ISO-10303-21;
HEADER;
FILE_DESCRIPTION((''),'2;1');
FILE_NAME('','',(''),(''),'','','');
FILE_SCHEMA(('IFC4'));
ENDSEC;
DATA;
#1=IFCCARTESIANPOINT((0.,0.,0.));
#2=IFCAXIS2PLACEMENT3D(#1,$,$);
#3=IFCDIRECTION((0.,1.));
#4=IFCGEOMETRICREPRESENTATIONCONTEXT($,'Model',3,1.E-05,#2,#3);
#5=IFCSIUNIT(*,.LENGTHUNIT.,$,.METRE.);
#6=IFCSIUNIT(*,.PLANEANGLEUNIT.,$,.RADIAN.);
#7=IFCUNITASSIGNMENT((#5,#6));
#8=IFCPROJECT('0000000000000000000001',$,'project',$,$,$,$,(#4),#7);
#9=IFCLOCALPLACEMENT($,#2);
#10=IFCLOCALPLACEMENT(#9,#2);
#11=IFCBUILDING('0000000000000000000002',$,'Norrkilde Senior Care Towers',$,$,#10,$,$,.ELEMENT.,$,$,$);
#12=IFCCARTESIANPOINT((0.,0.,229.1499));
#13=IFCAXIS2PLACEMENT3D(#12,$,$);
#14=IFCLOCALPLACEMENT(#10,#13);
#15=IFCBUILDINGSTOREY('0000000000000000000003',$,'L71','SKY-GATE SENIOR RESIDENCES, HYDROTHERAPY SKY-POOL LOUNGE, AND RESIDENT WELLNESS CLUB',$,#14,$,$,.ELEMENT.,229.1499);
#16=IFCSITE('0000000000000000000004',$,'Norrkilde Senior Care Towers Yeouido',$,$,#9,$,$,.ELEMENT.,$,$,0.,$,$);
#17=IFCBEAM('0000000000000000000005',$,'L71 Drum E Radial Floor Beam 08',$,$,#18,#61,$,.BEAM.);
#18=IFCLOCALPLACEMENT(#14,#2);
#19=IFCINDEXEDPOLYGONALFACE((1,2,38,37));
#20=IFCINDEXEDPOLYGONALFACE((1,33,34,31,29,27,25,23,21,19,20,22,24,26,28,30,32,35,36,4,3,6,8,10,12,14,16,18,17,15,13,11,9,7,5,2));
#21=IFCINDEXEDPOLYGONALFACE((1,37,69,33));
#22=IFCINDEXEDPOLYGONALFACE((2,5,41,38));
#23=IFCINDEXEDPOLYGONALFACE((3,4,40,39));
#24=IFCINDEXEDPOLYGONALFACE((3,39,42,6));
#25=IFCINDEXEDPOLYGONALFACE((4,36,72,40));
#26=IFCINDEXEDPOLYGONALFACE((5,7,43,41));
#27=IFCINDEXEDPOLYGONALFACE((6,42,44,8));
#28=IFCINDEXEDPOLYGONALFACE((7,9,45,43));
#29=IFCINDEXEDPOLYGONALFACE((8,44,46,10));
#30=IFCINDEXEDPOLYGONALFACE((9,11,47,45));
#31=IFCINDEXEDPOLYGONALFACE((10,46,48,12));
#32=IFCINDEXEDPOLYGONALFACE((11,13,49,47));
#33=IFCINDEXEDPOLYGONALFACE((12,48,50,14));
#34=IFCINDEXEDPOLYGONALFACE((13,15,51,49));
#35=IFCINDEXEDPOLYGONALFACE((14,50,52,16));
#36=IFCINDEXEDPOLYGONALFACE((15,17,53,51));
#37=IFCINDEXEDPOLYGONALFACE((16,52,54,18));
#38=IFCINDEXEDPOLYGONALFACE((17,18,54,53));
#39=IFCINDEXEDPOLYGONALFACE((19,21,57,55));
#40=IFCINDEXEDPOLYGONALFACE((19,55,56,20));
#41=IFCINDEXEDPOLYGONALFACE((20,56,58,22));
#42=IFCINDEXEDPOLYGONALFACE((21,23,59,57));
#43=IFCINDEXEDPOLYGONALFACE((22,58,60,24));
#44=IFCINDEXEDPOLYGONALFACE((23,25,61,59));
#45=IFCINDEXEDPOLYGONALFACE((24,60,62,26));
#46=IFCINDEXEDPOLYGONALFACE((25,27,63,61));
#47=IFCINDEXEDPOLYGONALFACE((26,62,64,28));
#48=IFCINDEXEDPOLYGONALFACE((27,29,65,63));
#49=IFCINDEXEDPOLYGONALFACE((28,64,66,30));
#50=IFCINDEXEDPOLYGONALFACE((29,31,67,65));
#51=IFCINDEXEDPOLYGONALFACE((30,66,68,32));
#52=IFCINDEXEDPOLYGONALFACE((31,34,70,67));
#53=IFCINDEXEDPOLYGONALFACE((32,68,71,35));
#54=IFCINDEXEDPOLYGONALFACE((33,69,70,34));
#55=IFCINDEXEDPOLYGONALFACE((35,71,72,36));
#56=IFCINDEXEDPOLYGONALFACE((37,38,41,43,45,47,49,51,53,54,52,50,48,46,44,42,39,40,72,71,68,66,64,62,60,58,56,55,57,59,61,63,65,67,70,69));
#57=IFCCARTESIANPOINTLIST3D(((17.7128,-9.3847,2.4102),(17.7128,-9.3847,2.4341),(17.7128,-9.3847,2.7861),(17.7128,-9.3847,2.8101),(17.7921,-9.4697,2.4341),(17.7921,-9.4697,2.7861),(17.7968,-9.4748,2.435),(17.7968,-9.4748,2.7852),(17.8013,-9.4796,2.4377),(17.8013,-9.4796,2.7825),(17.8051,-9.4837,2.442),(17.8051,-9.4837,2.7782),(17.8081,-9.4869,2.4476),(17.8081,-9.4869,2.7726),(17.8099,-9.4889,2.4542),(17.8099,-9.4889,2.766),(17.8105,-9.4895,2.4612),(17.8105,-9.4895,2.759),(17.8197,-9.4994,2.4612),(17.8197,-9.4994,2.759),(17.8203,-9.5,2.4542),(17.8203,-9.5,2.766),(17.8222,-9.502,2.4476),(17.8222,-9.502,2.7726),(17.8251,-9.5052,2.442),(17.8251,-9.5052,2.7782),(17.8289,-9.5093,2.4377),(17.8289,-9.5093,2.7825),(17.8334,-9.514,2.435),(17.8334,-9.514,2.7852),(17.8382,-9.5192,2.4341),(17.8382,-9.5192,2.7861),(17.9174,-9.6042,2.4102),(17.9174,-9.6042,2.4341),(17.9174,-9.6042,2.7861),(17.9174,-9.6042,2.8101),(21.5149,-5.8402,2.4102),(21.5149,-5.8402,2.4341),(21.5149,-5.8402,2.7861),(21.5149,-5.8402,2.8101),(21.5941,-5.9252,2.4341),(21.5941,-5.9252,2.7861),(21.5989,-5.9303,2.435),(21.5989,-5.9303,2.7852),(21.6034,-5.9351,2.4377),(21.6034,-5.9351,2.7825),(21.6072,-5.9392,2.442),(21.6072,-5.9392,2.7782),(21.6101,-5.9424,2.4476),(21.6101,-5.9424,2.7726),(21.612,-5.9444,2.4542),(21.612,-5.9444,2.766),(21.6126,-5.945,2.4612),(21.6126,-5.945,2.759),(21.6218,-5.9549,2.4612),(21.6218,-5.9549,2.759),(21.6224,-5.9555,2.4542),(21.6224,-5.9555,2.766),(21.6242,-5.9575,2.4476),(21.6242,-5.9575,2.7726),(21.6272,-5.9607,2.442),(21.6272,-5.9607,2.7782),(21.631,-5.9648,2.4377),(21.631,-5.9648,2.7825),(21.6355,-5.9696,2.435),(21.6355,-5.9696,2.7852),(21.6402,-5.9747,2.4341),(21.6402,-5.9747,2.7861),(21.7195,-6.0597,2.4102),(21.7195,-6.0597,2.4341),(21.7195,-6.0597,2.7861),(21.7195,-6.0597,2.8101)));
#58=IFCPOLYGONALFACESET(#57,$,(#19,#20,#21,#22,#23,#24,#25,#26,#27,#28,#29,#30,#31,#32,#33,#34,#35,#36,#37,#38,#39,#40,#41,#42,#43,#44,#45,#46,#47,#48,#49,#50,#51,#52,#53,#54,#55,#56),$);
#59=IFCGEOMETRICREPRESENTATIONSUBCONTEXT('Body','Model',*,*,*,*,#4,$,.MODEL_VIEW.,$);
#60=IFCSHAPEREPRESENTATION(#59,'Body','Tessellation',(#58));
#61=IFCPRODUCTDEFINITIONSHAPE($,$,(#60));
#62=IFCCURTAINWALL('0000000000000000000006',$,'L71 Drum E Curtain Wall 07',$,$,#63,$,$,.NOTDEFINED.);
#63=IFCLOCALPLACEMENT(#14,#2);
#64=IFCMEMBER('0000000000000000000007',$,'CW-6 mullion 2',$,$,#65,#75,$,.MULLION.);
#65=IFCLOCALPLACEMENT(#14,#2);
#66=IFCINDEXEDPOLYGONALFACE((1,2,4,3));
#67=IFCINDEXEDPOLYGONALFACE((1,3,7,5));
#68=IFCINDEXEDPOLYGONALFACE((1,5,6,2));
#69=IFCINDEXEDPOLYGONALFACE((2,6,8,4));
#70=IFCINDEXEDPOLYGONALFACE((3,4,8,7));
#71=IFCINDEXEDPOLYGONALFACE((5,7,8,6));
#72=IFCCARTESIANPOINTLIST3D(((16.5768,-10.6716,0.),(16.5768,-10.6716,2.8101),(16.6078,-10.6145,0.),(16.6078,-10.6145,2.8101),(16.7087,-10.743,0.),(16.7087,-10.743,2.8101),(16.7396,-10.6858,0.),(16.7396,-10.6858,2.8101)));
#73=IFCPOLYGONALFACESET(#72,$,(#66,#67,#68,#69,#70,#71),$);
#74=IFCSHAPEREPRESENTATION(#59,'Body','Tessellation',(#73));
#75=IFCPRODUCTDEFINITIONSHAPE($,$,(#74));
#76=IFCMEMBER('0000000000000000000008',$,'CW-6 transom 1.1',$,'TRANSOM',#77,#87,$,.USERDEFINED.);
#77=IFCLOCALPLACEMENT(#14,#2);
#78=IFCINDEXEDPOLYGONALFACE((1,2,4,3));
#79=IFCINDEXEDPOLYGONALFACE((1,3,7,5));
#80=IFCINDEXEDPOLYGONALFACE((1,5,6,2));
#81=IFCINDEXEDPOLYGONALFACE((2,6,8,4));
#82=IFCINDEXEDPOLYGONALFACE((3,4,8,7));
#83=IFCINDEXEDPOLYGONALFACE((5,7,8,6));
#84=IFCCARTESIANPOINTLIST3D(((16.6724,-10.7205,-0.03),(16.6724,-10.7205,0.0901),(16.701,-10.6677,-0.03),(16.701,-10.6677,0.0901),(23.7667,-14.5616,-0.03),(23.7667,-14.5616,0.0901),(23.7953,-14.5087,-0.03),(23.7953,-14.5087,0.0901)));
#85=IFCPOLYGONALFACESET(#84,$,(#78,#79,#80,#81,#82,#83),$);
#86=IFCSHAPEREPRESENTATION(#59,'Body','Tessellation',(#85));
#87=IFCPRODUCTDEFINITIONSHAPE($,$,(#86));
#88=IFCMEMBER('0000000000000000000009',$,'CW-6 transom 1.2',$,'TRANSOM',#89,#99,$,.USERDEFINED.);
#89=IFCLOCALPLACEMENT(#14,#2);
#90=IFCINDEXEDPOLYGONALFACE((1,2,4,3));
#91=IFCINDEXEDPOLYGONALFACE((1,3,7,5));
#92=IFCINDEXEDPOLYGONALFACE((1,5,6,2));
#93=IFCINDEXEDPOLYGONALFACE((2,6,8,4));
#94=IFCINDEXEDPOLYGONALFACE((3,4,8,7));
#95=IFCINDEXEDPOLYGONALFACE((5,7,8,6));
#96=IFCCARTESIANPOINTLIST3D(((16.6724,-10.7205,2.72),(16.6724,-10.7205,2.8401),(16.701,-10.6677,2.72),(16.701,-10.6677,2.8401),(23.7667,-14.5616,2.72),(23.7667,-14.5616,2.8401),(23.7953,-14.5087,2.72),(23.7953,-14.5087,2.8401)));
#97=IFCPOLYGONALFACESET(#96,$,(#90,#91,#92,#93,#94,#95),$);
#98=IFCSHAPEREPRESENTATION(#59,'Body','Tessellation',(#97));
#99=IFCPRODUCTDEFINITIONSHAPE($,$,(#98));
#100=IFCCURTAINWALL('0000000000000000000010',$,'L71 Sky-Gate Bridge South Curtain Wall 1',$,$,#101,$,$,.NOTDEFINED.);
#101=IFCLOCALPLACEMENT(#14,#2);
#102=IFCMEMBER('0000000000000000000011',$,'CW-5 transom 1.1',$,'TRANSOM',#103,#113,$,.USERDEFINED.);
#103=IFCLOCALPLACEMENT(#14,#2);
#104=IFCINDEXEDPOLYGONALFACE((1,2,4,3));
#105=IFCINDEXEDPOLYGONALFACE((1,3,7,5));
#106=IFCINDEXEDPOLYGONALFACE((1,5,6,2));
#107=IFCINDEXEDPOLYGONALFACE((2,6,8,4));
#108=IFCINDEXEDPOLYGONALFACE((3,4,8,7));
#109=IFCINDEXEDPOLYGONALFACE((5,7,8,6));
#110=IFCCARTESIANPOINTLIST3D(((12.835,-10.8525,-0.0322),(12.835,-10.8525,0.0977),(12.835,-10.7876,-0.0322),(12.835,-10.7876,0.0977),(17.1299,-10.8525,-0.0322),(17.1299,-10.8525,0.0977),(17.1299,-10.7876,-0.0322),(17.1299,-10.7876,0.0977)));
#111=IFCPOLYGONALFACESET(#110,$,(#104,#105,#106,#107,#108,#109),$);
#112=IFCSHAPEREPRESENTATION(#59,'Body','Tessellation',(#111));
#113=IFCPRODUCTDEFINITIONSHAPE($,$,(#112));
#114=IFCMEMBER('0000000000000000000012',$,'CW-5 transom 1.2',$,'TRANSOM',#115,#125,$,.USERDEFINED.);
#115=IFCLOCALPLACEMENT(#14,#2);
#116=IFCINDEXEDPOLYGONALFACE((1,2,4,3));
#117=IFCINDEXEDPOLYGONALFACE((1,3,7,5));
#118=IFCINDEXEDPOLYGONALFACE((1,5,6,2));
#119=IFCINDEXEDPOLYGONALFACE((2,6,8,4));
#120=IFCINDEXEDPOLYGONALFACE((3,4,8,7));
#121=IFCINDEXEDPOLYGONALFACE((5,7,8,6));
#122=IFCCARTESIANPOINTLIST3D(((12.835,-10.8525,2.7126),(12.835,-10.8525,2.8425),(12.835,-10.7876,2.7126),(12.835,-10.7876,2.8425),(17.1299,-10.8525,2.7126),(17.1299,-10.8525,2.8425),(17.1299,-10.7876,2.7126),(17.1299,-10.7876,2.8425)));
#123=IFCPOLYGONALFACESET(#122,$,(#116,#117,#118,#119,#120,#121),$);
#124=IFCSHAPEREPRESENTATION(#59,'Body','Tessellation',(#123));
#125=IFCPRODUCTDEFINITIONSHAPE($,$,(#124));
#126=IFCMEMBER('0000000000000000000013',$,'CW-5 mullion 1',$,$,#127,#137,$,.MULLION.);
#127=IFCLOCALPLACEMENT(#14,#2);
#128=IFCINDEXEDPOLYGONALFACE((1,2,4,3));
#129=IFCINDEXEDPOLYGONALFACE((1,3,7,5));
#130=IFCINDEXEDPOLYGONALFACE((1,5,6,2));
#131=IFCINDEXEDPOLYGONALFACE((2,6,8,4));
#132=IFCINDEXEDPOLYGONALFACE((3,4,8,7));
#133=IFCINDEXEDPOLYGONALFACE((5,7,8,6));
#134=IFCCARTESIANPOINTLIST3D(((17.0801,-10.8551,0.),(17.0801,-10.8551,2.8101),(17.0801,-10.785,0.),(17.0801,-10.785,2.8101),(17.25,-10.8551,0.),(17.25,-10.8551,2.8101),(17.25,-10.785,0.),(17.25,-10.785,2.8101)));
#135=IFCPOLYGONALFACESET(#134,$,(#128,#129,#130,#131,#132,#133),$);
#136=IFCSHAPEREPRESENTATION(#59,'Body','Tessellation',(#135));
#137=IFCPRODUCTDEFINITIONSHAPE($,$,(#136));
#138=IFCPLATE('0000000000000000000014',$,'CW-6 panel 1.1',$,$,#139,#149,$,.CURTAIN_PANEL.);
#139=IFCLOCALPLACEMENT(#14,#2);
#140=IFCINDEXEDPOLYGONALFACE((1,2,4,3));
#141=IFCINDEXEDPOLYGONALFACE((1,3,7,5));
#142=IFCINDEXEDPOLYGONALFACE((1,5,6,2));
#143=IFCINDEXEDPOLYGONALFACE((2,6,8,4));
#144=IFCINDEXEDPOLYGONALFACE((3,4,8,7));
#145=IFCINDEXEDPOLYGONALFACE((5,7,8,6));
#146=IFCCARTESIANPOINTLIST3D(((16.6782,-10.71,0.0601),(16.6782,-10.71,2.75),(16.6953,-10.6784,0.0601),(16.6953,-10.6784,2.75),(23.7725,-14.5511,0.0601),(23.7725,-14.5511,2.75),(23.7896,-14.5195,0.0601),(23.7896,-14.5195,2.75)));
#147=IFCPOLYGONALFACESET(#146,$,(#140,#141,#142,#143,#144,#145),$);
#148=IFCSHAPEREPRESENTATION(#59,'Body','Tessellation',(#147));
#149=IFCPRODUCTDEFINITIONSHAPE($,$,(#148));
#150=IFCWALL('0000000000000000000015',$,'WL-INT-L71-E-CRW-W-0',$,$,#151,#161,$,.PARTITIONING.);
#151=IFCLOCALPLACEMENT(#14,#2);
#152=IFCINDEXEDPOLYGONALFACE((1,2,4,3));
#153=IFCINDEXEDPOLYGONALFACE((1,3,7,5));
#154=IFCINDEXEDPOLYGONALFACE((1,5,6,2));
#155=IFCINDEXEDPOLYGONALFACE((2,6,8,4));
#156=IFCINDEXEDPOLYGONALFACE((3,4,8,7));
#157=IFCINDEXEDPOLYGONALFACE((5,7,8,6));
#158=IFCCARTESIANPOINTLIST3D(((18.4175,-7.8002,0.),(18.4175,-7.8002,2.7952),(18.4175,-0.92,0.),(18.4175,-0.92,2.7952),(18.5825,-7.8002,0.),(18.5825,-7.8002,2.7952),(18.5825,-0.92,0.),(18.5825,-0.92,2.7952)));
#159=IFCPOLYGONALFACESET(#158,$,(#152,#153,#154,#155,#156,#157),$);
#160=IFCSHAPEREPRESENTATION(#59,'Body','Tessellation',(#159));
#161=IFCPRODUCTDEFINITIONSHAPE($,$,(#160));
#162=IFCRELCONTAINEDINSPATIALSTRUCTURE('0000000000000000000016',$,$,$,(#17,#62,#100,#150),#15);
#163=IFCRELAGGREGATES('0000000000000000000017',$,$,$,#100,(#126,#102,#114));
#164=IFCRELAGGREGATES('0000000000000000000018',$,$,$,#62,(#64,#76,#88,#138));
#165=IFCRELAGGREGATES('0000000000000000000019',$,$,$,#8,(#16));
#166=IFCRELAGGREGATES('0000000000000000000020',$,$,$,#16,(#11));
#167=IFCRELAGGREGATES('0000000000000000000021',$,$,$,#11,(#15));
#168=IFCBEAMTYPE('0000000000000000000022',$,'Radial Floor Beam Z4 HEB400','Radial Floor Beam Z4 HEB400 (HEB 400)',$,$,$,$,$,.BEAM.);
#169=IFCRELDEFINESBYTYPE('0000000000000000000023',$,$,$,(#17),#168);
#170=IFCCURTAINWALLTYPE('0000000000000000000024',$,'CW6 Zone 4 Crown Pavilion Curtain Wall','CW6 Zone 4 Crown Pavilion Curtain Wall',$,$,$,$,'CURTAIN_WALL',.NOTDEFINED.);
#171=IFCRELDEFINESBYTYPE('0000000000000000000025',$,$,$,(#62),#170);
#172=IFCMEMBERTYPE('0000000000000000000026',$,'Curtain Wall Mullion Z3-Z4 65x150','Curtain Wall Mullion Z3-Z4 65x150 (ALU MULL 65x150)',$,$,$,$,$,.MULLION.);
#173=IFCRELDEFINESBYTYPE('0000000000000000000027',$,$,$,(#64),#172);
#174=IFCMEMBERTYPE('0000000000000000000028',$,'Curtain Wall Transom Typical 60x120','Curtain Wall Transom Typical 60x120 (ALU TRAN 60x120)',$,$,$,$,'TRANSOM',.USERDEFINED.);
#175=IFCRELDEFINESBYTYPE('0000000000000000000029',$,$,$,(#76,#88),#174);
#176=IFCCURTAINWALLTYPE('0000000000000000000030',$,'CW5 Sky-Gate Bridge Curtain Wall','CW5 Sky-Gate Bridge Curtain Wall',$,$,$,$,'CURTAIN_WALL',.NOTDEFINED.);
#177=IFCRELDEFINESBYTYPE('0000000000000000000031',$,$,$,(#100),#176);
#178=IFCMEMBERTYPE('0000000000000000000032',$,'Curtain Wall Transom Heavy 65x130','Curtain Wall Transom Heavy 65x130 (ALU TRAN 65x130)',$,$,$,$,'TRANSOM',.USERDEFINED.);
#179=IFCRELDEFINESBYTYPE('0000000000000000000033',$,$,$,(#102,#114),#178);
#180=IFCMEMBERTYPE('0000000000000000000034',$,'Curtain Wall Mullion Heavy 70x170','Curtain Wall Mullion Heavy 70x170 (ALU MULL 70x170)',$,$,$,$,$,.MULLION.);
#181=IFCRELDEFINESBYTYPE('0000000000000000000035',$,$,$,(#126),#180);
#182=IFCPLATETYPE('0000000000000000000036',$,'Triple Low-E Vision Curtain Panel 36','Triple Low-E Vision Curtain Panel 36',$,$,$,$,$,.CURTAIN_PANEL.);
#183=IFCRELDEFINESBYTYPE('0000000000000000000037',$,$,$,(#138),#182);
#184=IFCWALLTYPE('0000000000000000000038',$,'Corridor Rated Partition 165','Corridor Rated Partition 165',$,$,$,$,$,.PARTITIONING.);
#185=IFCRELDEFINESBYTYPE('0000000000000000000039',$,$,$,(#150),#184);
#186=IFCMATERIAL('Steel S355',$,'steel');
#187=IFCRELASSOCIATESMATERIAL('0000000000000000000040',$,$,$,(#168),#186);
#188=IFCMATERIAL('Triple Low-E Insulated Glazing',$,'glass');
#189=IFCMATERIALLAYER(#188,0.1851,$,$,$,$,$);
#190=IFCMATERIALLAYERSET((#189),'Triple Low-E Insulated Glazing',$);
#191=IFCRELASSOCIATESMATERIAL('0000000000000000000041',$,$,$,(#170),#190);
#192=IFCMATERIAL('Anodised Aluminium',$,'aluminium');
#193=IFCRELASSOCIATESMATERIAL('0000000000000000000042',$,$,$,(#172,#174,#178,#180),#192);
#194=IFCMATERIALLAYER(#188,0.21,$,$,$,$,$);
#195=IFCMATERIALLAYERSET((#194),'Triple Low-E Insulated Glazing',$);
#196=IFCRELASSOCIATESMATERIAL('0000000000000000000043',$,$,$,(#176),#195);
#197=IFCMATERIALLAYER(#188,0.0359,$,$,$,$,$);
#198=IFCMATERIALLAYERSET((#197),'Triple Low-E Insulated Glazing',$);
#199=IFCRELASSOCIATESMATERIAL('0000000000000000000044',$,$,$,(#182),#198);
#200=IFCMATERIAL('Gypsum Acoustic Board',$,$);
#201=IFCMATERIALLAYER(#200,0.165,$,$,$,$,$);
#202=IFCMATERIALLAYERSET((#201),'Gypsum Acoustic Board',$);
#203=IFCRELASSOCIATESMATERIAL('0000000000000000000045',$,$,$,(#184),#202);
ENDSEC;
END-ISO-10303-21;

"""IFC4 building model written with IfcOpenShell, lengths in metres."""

from ifc_helpers import new_model, si_unit, direction, frame, frame_2d, origin, origin_2d, place, context, subcontext, project, spatial, rectangle, i_section, extrude, source, transform, mapped, material, layer, layer_set, material_profile, profile_set, type_object, type_shapes, element, aggregate, save


model = new_model("IFC4")

# Units and contexts
model_context = context("Model", 3, precision=1e-05, world=origin(), true_north=direction((0.0, 1.0)))
body_context = subcontext(model_context, "Body", "Model", "MODEL_VIEW")
ifc_project = project(units=[si_unit("LENGTHUNIT", "METRE"), si_unit("PLANEANGLEUNIT", "RADIAN")], contexts=[model_context])

# Site, building, storey
site_placement = place(None, origin())
site = spatial("IfcSite", under=ifc_project, at=site_placement, Name="Norrkilde Senior Care Towers Yeouido", CompositionType="ELEMENT", RefElevation=0.0)
building_placement = place(site_placement, origin())
building = spatial("IfcBuilding", under=site, at=building_placement, Name="Norrkilde Senior Care Towers", CompositionType="ELEMENT")
storey_placement = place(building_placement, frame((0.0, 0.0, 229.1499)))
storey = spatial("IfcBuildingStorey", under=building, at=storey_placement, Name="L71", Description="SKY-GATE SENIOR RESIDENCES, HYDROTHERAPY SKY-POOL LOUNGE, AND RESIDENT WELLNESS CLUB", CompositionType="ELEMENT", Elevation=229.1499)

# Beam
ifc_material_1 = material(Name="Steel S355", Category="steel")
ifc_material_profile_1 = material_profile(ifc_material_1, i_section(OverallWidth=0.3, OverallDepth=0.3999, WebThickness=0.0134, FlangeThickness=0.0239, FilletRadius=0.0271, at=origin_2d()), Name="HEB 400")
ifc_profile_set_1 = profile_set([ifc_material_profile_1], Name="Steel S355")
beam_type_1 = type_object("IfcBeamType", Name="Radial Floor Beam Z4 HEB400", Description="Radial Floor Beam Z4 HEB400 (HEB 400)", PredefinedType="BEAM", material=ifc_profile_set_1)
shared_shape_1 = source(origin(), body_context, "Body", "SweptSolid", [
    extrude(i_section(OverallWidth=0.3, OverallDepth=0.3999, WebThickness=0.0134, FlangeThickness=0.0239, FilletRadius=0.0271, at=origin_2d()), origin(), (0.0, 0.0, 1.0), 5.198),
])
type_shapes(beam_type_1, [shared_shape_1])
beam_1_placement = place(storey_placement, frame((21.6172, -5.95, 2.6101), z_axis=(-0.731449, -0.681896, 0.0), x_axis=(0.681896, -0.731449, 0.0)))
element("IfcBeam", 1, at=beam_1_placement, inside=storey, type_object=beam_type_1, Name="L71 Drum E Radial Floor Beam 08", PredefinedType="BEAM", context=body_context, shape_type="MappedRepresentation", body=[
    mapped(shared_shape_1, transform((0.0, 0.0, 0.0), x_axis=(1.0, 0.0, 0.0), y_axis=(0.0, 1.0, 0.0), z_axis=(0.0, 0.0, 1.0), scale=1.0)),
])

# Curtain walls, members
ifc_material_2 = material(Name="Triple Low-E Insulated Glazing", Category="glass")
ifc_layer_1 = layer(ifc_material_2, 0.1851)
ifc_layer_set_1 = layer_set([ifc_layer_1], Name="Triple Low-E Insulated Glazing")
curtain_wall_type_1 = type_object("IfcCurtainWallType", Name="CW6 Zone 4 Crown Pavilion Curtain Wall", Description="CW6 Zone 4 Crown Pavilion Curtain Wall", ElementType="CURTAIN_WALL", PredefinedType="NOTDEFINED", material=ifc_layer_set_1)
curtain_wall_1_placement = place(storey_placement, origin())
curtain_wall_1 = element("IfcCurtainWall", 2, at=curtain_wall_1_placement, inside=storey, type_object=curtain_wall_type_1, Name="L71 Drum E Curtain Wall 07", PredefinedType="NOTDEFINED")
ifc_material_3 = material(Name="Anodised Aluminium", Category="aluminium")
ifc_material_profile_2 = material_profile(ifc_material_3, rectangle(XDim=0.0649, YDim=0.1499, at=origin_2d()), Name="ALU MULL 65x150")
ifc_profile_set_2 = profile_set([ifc_material_profile_2], Name="Anodised Aluminium")
member_type_1 = type_object("IfcMemberType", Name="Curtain Wall Mullion Z3-Z4 65x150", Description="Curtain Wall Mullion Z3-Z4 65x150 (ALU MULL 65x150)", PredefinedType="MULLION", material=ifc_profile_set_2)
shared_shape_2 = source(origin(), body_context, "Body", "SweptSolid", [
    extrude(rectangle(XDim=0.0649, YDim=0.1499, at=origin_2d()), origin(), (0.0, 0.0, 1.0), 2.8101),
])
type_shapes(member_type_1, [shared_shape_2])
member_1_placement = place(storey_placement, frame((16.6582, -10.6787, 0.0), z_axis=(0.0, 0.0, 1.0), x_axis=(-0.476133, -0.879373, 0.0)))
member_1 = element("IfcMember", 3, at=member_1_placement, type_object=member_type_1, Name="CW-6 mullion 2", PredefinedType="MULLION", context=body_context, shape_type="MappedRepresentation", body=[
    mapped(shared_shape_2, transform((0.0, 0.0, 0.0), x_axis=(1.0, 0.0, 0.0), y_axis=(0.0, 1.0, 0.0), z_axis=(0.0, 0.0, 1.0), scale=1.0)),
])
ifc_material_profile_3 = material_profile(ifc_material_3, rectangle(XDim=0.0601, YDim=0.1201, at=origin_2d()), Name="ALU TRAN 60x120")
ifc_profile_set_3 = profile_set([ifc_material_profile_3], Name="Anodised Aluminium")
member_type_2 = type_object("IfcMemberType", Name="Curtain Wall Transom Typical 60x120", Description="Curtain Wall Transom Typical 60x120 (ALU TRAN 60x120)", ElementType="TRANSOM", PredefinedType="USERDEFINED", material=ifc_profile_set_3)
shared_shape_3 = source(origin(), body_context, "Body", "SweptSolid", [
    extrude(rectangle(XDim=0.0601, YDim=0.1201, at=origin_2d()), origin(), (0.0, 0.0, 1.0), 8.0674),
])
type_shapes(member_type_2, [shared_shape_3])
member_2_placement = place(storey_placement, frame((23.781, -14.5352, 0.03), z_axis=(-0.879378, 0.476125, 0.0), x_axis=(-0.476125, -0.879378, 0.0)))
member_2 = element("IfcMember", 4, at=member_2_placement, type_object=member_type_2, Name="CW-6 transom 1.1", ObjectType="TRANSOM", PredefinedType="USERDEFINED", context=body_context, shape_type="MappedRepresentation", body=[
    mapped(shared_shape_3, transform((0.0, 0.0, 0.0), x_axis=(1.0, 0.0, 0.0), y_axis=(0.0, 1.0, 0.0), z_axis=(0.0, 0.0, 1.0), scale=1.0)),
])
member_3_placement = place(storey_placement, frame((23.781, -14.5352, 2.78), z_axis=(-0.879378, 0.476125, 0.0), x_axis=(-0.476125, -0.879378, 0.0)))
member_3 = element("IfcMember", 5, at=member_3_placement, type_object=member_type_2, Name="CW-6 transom 1.2", ObjectType="TRANSOM", PredefinedType="USERDEFINED", context=body_context, shape_type="MappedRepresentation", body=[
    mapped(shared_shape_3, transform((0.0, 0.0, 0.0), x_axis=(1.0, 0.0, 0.0), y_axis=(0.0, 1.0, 0.0), z_axis=(0.0, 0.0, 1.0), scale=1.0)),
])
ifc_layer_2 = layer(ifc_material_2, 0.21)
ifc_layer_set_2 = layer_set([ifc_layer_2], Name="Triple Low-E Insulated Glazing")
curtain_wall_type_2 = type_object("IfcCurtainWallType", Name="CW5 Sky-Gate Bridge Curtain Wall", Description="CW5 Sky-Gate Bridge Curtain Wall", ElementType="CURTAIN_WALL", PredefinedType="NOTDEFINED", material=ifc_layer_set_2)
curtain_wall_2_placement = place(storey_placement, origin())
curtain_wall_2 = element("IfcCurtainWall", 6, at=curtain_wall_2_placement, inside=storey, type_object=curtain_wall_type_2, Name="L71 Sky-Gate Bridge South Curtain Wall 1", PredefinedType="NOTDEFINED")
ifc_material_profile_4 = material_profile(ifc_material_3, rectangle(XDim=0.0649, YDim=0.1299, at=origin_2d()), Name="ALU TRAN 65x130")
ifc_profile_set_4 = profile_set([ifc_material_profile_4], Name="Anodised Aluminium")
member_type_3 = type_object("IfcMemberType", Name="Curtain Wall Transom Heavy 65x130", Description="Curtain Wall Transom Heavy 65x130 (ALU TRAN 65x130)", ElementType="TRANSOM", PredefinedType="USERDEFINED", material=ifc_profile_set_4)
shared_shape_4 = source(origin(), body_context, "Body", "SweptSolid", [
    extrude(rectangle(XDim=0.0649, YDim=0.1299, at=origin_2d()), origin(), (0.0, 0.0, 1.0), 4.2949),
])
type_shapes(member_type_3, [shared_shape_4])
member_4_placement = place(storey_placement, frame((17.1299, -10.8201, 0.0327), z_axis=(-1.0, 0.0, 0.0), x_axis=(0.0, -1.0, 0.0)))
member_4 = element("IfcMember", 7, at=member_4_placement, type_object=member_type_3, Name="CW-5 transom 1.1", ObjectType="TRANSOM", PredefinedType="USERDEFINED", context=body_context, shape_type="MappedRepresentation", body=[
    mapped(shared_shape_4, transform((0.0, 0.0, 0.0), x_axis=(1.0, 0.0, 0.0), y_axis=(0.0, 1.0, 0.0), z_axis=(0.0, 0.0, 1.0), scale=1.0)),
])
member_5_placement = place(storey_placement, frame((17.1299, -10.8201, 2.7776), z_axis=(-1.0, 0.0, 0.0), x_axis=(0.0, -1.0, 0.0)))
member_5 = element("IfcMember", 8, at=member_5_placement, type_object=member_type_3, Name="CW-5 transom 1.2", ObjectType="TRANSOM", PredefinedType="USERDEFINED", context=body_context, shape_type="MappedRepresentation", body=[
    mapped(shared_shape_4, transform((0.0, 0.0, 0.0), x_axis=(1.0, 0.0, 0.0), y_axis=(0.0, 1.0, 0.0), z_axis=(0.0, 0.0, 1.0), scale=1.0)),
])
ifc_material_profile_5 = material_profile(ifc_material_3, rectangle(XDim=0.0701, YDim=0.1699, at=origin_2d()), Name="ALU MULL 70x170")
ifc_profile_set_5 = profile_set([ifc_material_profile_5], Name="Anodised Aluminium")
member_type_4 = type_object("IfcMemberType", Name="Curtain Wall Mullion Heavy 70x170", Description="Curtain Wall Mullion Heavy 70x170 (ALU MULL 70x170)", PredefinedType="MULLION", material=ifc_profile_set_5)
shared_shape_5 = source(origin(), body_context, "Body", "SweptSolid", [
    extrude(rectangle(XDim=0.0701, YDim=0.1699, at=origin_2d()), origin(), (0.0, 0.0, 1.0), 2.8101),
])
type_shapes(member_type_4, [shared_shape_5])
member_6_placement = place(storey_placement, frame((17.165, -10.8201, 0.0), z_axis=(0.0, 0.0, 1.0), x_axis=(0.0, -1.0, 0.0)))
member_6 = element("IfcMember", 9, at=member_6_placement, type_object=member_type_4, Name="CW-5 mullion 1", PredefinedType="MULLION", context=body_context, shape_type="MappedRepresentation", body=[
    mapped(shared_shape_5, transform((0.0, 0.0, 0.0), x_axis=(1.0, 0.0, 0.0), y_axis=(0.0, 1.0, 0.0), z_axis=(0.0, 0.0, 1.0), scale=1.0)),
])
aggregate(curtain_wall_2, [member_6, member_4, member_5])

# Plate
ifc_layer_3 = layer(ifc_material_2, 0.0359)
ifc_layer_set_3 = layer_set([ifc_layer_3], Name="Triple Low-E Insulated Glazing")
plate_type = type_object("IfcPlateType", Name="Triple Low-E Vision Curtain Panel 36", Description="Triple Low-E Vision Curtain Panel 36", PredefinedType="CURTAIN_PANEL", material=ifc_layer_set_3)
shared_shape_6 = source(origin(), body_context, "Body", "SweptSolid", [
    extrude(rectangle(XDim=8.0674, YDim=0.0359, at=origin_2d()), origin(), (0.0, 0.0, 1.0), 2.6899),
])
type_shapes(plate_type, [shared_shape_6])
plate_placement = place(storey_placement, frame((20.2339, -12.6147, 0.0601), z_axis=(0.0, 0.0, 1.0), x_axis=(-0.879373, 0.476133, 0.0)))
plate = element("IfcPlate", 10, at=plate_placement, type_object=plate_type, Name="CW-6 panel 1.1", PredefinedType="CURTAIN_PANEL", context=body_context, shape_type="MappedRepresentation", body=[
    mapped(shared_shape_6, transform((0.0, 0.0, 0.0), x_axis=(1.0, 0.0, 0.0), y_axis=(0.0, 1.0, 0.0), z_axis=(0.0, 0.0, 1.0), scale=1.0)),
])
aggregate(curtain_wall_1, [member_1, member_2, member_3, plate])

# Wall
ifc_material_4 = material(Name="Gypsum Acoustic Board")
ifc_layer_4 = layer(ifc_material_4, 0.165)
ifc_layer_set_4 = layer_set([ifc_layer_4], Name="Gypsum Acoustic Board")
wall_type_1 = type_object("IfcWallType", Name="Corridor Rated Partition 165", Description="Corridor Rated Partition 165", PredefinedType="PARTITIONING", material=ifc_layer_set_4)
shared_shape_7 = source(origin(), body_context, "Body", "SweptSolid", [
    extrude(rectangle(XDim=6.8801, YDim=0.165, at=frame_2d((3.4399, 0.0))), origin(), (0.0, 0.0, 1.0), 2.7952),
])
wall_1_placement = place(storey_placement, frame((18.5, -7.8, 0.0), z_axis=(0.0, 0.0, 1.0), x_axis=(0.0, 1.0, 0.0)))
element("IfcWall", 11, at=wall_1_placement, inside=storey, type_object=wall_type_1, Name="WL-INT-L71-E-CRW-W-0", PredefinedType="PARTITIONING", context=body_context, shape_type="MappedRepresentation", body=[
    mapped(shared_shape_7, transform((0.0, 0.0, 0.0), x_axis=(1.0, 0.0, 0.0), y_axis=(0.0, 1.0, 0.0), z_axis=(0.0, 0.0, 1.0), scale=1.0)),
])

save(model, "model.ifc")
